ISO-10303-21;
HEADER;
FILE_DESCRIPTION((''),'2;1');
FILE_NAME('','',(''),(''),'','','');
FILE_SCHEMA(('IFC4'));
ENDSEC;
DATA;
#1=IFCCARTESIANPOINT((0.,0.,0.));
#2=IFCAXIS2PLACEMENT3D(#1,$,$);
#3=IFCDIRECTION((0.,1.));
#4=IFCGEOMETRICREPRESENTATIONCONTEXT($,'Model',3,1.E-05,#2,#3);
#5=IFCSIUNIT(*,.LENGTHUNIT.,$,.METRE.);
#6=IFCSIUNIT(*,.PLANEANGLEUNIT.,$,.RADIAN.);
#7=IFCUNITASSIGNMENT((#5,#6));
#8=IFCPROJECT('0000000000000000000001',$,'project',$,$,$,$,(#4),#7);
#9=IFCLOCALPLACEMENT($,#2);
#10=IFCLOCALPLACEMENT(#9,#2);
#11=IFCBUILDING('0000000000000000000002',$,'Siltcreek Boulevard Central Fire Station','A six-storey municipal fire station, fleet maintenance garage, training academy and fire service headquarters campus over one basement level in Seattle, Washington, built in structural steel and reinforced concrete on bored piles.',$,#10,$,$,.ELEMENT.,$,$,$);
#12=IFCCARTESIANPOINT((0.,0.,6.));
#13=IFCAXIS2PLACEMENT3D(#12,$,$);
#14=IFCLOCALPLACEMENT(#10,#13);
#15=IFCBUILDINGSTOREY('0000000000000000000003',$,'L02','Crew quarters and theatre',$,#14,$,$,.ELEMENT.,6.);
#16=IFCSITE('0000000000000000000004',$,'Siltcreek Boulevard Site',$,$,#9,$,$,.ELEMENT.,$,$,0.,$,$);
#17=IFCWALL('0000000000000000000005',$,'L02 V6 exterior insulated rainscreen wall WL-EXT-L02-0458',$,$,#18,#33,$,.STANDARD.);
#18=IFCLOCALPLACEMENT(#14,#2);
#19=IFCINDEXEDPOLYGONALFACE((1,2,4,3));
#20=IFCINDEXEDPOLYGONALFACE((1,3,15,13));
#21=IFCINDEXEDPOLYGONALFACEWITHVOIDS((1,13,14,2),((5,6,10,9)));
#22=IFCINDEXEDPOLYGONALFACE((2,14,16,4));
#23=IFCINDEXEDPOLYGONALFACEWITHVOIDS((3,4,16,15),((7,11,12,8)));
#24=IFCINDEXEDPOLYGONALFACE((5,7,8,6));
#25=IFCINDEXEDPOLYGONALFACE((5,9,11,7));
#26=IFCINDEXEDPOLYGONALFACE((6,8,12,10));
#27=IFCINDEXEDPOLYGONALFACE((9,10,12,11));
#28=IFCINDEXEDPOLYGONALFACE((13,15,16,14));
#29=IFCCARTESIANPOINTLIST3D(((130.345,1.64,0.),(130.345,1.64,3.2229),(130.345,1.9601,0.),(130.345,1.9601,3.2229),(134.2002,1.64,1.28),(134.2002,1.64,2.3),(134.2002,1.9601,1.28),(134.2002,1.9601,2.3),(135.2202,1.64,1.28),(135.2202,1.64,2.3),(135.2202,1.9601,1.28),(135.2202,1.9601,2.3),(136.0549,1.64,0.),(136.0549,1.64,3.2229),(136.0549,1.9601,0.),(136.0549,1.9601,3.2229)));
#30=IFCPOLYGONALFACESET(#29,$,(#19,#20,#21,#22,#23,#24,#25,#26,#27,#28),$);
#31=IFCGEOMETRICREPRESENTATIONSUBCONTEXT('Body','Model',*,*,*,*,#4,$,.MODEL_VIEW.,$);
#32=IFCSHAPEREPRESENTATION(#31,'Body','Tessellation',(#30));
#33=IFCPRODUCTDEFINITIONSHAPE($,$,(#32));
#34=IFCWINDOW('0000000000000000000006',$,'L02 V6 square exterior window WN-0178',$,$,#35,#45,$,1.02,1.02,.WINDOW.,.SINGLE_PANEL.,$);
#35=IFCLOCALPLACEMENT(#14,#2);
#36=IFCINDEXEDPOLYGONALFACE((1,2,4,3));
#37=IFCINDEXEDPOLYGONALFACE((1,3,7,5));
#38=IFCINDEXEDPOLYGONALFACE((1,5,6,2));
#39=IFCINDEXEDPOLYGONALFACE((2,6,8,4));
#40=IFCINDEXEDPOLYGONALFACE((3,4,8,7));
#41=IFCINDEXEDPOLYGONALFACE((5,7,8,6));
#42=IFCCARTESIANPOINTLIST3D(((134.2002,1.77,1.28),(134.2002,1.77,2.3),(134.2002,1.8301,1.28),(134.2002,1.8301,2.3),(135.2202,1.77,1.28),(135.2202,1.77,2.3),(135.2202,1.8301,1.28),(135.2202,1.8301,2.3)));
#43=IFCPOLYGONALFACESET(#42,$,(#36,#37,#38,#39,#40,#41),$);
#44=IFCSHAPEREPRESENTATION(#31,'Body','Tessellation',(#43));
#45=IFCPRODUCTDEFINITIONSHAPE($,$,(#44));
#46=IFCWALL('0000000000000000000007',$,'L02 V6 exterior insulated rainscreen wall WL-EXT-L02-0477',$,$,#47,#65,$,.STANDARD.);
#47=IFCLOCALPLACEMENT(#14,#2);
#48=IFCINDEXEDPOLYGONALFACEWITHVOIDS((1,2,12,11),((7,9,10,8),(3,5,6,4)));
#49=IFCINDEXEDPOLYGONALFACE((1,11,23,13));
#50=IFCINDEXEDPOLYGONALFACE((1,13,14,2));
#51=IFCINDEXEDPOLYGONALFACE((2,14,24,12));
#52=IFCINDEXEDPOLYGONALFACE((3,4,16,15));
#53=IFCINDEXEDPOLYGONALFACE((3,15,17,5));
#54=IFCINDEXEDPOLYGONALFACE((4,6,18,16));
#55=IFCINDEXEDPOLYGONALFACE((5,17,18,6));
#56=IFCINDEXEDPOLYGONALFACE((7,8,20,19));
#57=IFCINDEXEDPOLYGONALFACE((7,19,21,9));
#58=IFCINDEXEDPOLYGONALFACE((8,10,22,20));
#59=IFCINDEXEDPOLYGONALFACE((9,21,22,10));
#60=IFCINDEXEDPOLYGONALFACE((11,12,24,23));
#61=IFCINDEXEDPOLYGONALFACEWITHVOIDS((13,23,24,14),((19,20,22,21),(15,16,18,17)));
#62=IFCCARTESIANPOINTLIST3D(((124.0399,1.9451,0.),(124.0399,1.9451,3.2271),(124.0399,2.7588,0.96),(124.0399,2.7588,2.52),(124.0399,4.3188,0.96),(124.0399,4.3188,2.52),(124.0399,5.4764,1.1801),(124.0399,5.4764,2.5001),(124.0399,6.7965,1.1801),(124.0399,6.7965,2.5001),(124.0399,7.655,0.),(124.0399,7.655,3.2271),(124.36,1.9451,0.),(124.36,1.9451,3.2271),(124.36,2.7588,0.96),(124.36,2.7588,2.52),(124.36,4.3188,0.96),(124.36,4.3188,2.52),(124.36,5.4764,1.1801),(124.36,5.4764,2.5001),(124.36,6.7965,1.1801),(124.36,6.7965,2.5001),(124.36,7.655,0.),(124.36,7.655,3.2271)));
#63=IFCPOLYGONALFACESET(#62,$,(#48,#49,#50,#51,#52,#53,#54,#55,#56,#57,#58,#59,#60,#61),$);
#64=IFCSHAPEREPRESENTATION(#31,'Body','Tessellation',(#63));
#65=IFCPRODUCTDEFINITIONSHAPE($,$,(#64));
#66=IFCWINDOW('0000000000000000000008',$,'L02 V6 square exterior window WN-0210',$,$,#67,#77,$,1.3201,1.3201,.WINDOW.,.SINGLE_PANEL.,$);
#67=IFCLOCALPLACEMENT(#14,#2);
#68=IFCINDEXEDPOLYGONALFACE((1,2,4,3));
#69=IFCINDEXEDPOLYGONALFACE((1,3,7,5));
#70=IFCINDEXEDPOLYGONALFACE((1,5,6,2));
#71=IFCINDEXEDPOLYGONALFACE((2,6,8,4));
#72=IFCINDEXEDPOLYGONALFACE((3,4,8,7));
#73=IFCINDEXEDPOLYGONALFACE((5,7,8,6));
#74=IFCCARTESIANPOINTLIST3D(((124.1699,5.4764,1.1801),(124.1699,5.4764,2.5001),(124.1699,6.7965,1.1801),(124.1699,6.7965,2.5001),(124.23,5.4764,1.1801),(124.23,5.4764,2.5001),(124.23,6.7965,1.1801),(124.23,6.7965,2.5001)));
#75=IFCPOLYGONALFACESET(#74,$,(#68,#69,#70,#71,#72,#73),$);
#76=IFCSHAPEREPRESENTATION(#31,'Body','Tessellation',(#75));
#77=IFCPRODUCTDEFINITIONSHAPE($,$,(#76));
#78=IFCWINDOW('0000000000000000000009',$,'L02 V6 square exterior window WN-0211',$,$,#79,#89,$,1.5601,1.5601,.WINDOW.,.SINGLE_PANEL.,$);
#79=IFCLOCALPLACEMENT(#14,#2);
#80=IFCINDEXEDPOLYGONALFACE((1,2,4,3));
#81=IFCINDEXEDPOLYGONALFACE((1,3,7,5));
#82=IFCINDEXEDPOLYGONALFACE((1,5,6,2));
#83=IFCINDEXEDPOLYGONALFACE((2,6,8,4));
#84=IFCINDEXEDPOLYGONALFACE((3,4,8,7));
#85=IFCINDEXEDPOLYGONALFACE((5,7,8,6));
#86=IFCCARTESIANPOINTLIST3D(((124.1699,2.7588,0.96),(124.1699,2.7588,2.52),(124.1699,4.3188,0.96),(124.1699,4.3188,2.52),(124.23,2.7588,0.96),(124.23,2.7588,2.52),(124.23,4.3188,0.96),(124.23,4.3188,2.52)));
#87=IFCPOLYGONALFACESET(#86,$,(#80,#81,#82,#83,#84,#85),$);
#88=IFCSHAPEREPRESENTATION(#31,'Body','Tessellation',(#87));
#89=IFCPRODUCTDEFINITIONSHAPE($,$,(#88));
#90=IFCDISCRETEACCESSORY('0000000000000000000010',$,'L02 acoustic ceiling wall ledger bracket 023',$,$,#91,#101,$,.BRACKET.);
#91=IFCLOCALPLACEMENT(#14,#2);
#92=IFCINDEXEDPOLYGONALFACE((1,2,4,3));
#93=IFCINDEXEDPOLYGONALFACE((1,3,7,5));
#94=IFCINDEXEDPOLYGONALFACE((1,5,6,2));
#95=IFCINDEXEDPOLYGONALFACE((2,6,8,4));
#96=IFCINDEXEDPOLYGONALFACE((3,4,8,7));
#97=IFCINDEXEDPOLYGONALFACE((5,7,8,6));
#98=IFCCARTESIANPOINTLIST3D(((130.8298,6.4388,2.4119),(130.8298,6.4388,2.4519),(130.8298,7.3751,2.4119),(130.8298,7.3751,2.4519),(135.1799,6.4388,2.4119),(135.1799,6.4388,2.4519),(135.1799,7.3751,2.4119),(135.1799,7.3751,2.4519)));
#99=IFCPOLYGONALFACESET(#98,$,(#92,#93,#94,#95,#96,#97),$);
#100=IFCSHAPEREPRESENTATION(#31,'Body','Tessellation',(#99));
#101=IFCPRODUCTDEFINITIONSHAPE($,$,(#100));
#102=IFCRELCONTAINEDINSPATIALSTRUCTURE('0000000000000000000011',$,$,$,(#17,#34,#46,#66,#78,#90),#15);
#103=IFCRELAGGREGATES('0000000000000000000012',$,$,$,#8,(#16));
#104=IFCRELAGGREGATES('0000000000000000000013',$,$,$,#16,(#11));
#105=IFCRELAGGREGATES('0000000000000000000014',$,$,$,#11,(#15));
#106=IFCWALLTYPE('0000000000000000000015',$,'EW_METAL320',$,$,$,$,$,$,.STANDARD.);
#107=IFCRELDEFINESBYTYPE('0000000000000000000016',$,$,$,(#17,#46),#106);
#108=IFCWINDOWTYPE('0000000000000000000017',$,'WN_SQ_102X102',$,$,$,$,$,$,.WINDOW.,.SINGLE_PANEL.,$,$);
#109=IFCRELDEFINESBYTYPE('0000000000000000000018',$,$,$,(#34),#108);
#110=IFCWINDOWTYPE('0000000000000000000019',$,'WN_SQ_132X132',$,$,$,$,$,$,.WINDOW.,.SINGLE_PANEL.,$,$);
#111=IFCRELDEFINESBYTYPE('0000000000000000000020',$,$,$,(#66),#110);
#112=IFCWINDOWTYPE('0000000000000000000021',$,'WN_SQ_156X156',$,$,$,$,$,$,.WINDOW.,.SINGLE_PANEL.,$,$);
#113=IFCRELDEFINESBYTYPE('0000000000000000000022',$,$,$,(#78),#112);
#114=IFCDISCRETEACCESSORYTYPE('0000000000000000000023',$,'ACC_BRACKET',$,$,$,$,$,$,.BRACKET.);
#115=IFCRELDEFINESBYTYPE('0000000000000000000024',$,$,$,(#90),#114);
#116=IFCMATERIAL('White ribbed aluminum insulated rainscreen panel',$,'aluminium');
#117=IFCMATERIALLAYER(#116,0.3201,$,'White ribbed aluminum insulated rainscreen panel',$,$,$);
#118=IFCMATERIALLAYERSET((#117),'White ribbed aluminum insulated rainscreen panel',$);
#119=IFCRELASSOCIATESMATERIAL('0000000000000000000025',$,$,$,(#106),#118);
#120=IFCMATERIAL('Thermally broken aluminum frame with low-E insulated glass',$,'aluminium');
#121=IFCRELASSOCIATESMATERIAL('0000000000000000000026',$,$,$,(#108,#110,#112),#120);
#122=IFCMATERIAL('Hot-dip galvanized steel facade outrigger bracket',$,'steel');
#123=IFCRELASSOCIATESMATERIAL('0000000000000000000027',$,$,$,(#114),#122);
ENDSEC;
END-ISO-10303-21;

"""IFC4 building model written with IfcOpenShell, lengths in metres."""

from ifc_helpers import new_model, si_unit, direction, frame, frame_2d, origin, origin_2d, place, context, subcontext, project, spatial, rectangle, extrude, material, layer, layer_set, type_object, element, fill, save


model = new_model("IFC4")

# Units and contexts
model_context = context("Model", 3, precision=1e-05, world=origin(), true_north=direction((0.0, 1.0)))
body_context = subcontext(model_context, "Body", "Model", "MODEL_VIEW")
ifc_project = project(units=[si_unit("LENGTHUNIT", "METRE"), si_unit("PLANEANGLEUNIT", "RADIAN")], contexts=[model_context])

# Site, building, storey
site_placement = place(None, origin())
site = spatial("IfcSite", under=ifc_project, at=site_placement, Name="Siltcreek Boulevard Site", CompositionType="ELEMENT", RefElevation=0.0)
building_placement = place(site_placement, origin())
building = spatial("IfcBuilding", under=site, at=building_placement, Name="Siltcreek Boulevard Central Fire Station", Description="A six-storey municipal fire station, fleet maintenance garage, training academy and fire service headquarters campus over one basement level in Seattle, Washington, built in structural steel and reinforced concrete on bored piles.", CompositionType="ELEMENT")
storey_placement = place(building_placement, frame((0.0, 0.0, 6.0)))
storey = spatial("IfcBuildingStorey", under=building, at=storey_placement, Name="L02", Description="Crew quarters and theatre", CompositionType="ELEMENT", Elevation=6.0)

# Shared definitions
ifc_material_1 = material(Name="White ribbed aluminum insulated rainscreen panel", Category="aluminium")
ifc_layer_1 = layer(ifc_material_1, 0.3201, Name="White ribbed aluminum insulated rainscreen panel")
ifc_layer_set_1 = layer_set([ifc_layer_1], Name="White ribbed aluminum insulated rainscreen panel")
wall_type = type_object("IfcWallType", Name="EW_METAL320", PredefinedType="STANDARD", material=ifc_layer_set_1)
ifc_material_2 = material(Name="Thermally broken aluminum frame with low-E insulated glass", Category="aluminium")

# Wall, opening, window
wall_1_placement = place(storey_placement, frame((130.345, 1.8, 0.0), z_axis=(0.0, 0.0, 1.0), x_axis=(1.0, 0.0, 0.0)))
wall_1 = element("IfcWall", 1, at=wall_1_placement, inside=storey, type_object=wall_type, Name="L02 V6 exterior insulated rainscreen wall WL-EXT-L02-0458", PredefinedType="STANDARD", context=body_context, shape_type="SweptSolid", body=[
    extrude(rectangle(XDim=5.71, YDim=0.3201, at=frame_2d((2.855, 0.0))), origin(), (0.0, 0.0, 1.0), 3.2229),
])
opening_1_placement = place(wall_1_placement, frame((3.8552, 0.0, 1.28)))
opening_1 = element("IfcOpeningElement", 2, at=opening_1_placement, cuts=wall_1, PredefinedType="OPENING", context=body_context, shape_type="SweptSolid", body=[
    extrude(rectangle(XDim=1.02, YDim=1.02, at=frame_2d((0.51, 0.51))), frame((0.0, 0.1699, 0.0), z_axis=(0.0, -1.0, 0.0), x_axis=(1.0, 0.0, 0.0)), (0.0, 0.0, 1.0), 0.3401),
])
window_type_1 = type_object("IfcWindowType", Name="WN_SQ_102X102", PartitioningType="SINGLE_PANEL", PredefinedType="WINDOW", material=ifc_material_2)
window_1_placement = place(opening_1_placement, origin())
window_1 = element("IfcWindow", 3, at=window_1_placement, inside=storey, type_object=window_type_1, Name="L02 V6 square exterior window WN-0178", OverallHeight=1.02, OverallWidth=1.02, PartitioningType="SINGLE_PANEL", PredefinedType="WINDOW", context=body_context, shape_type="SweptSolid", body=[
    extrude(rectangle(XDim=1.02, YDim=1.02, at=frame_2d((0.51, 0.51))), frame((0.0, 0.03, 0.0), z_axis=(0.0, -1.0, 0.0), x_axis=(1.0, 0.0, 0.0)), (0.0, 0.0, 1.0), 0.0601),
])
fill(opening_1, window_1)

# Wall, openings, windows
wall_2_placement = place(storey_placement, frame((124.2, 7.655, 0.0), z_axis=(0.0, 0.0, 1.0), x_axis=(0.0, -1.0, 0.0)))
wall_2 = element("IfcWall", 4, at=wall_2_placement, inside=storey, type_object=wall_type, Name="L02 V6 exterior insulated rainscreen wall WL-EXT-L02-0477", PredefinedType="STANDARD", context=body_context, shape_type="SweptSolid", body=[
    extrude(rectangle(XDim=5.71, YDim=0.3201, at=frame_2d((2.855, 0.0))), origin(), (0.0, 0.0, 1.0), 3.2271),
])
opening_2_placement = place(wall_2_placement, frame((0.8584, 0.0, 1.1799)))
opening_2 = element("IfcOpeningElement", 5, at=opening_2_placement, cuts=wall_2, PredefinedType="OPENING", context=body_context, shape_type="SweptSolid", body=[
    extrude(rectangle(XDim=1.3201, YDim=1.3201, at=frame_2d((0.6602, 0.6602))), frame((0.0, 0.1699, 0.0), z_axis=(0.0, -1.0, 0.0), x_axis=(1.0, 0.0, 0.0)), (0.0, 0.0, 1.0), 0.3401),
])
opening_3_placement = place(wall_2_placement, frame((3.3362, 0.0, 0.96)))
opening_3 = element("IfcOpeningElement", 6, at=opening_3_placement, cuts=wall_2, PredefinedType="OPENING", context=body_context, shape_type="SweptSolid", body=[
    extrude(rectangle(XDim=1.5601, YDim=1.5601, at=frame_2d((0.78, 0.78))), frame((0.0, 0.1699, 0.0), z_axis=(0.0, -1.0, 0.0), x_axis=(1.0, 0.0, 0.0)), (0.0, 0.0, 1.0), 0.3401),
])
window_type_2 = type_object("IfcWindowType", Name="WN_SQ_132X132", PartitioningType="SINGLE_PANEL", PredefinedType="WINDOW", material=ifc_material_2)
window_2_placement = place(opening_2_placement, origin())
window_2 = element("IfcWindow", 7, at=window_2_placement, inside=storey, type_object=window_type_2, Name="L02 V6 square exterior window WN-0210", OverallHeight=1.3201, OverallWidth=1.3201, PartitioningType="SINGLE_PANEL", PredefinedType="WINDOW", context=body_context, shape_type="SweptSolid", body=[
    extrude(rectangle(XDim=1.3201, YDim=1.3201, at=frame_2d((0.6602, 0.6602))), frame((0.0, 0.03, 0.0), z_axis=(0.0, -1.0, 0.0), x_axis=(1.0, 0.0, 0.0)), (0.0, 0.0, 1.0), 0.0601),
])
fill(opening_2, window_2)
window_type_3 = type_object("IfcWindowType", Name="WN_SQ_156X156", PartitioningType="SINGLE_PANEL", PredefinedType="WINDOW", material=ifc_material_2)
window_3_placement = place(opening_3_placement, origin())
window_3 = element("IfcWindow", 8, at=window_3_placement, inside=storey, type_object=window_type_3, Name="L02 V6 square exterior window WN-0211", OverallHeight=1.5601, OverallWidth=1.5601, PartitioningType="SINGLE_PANEL", PredefinedType="WINDOW", context=body_context, shape_type="SweptSolid", body=[
    extrude(rectangle(XDim=1.5601, YDim=1.5601, at=frame_2d((0.78, 0.78))), frame((0.0, 0.03, 0.0), z_axis=(0.0, -1.0, 0.0), x_axis=(1.0, 0.0, 0.0)), (0.0, 0.0, 1.0), 0.0601),
])
fill(opening_3, window_3)

# Discrete accessory
ifc_material_3 = material(Name="Hot-dip galvanized steel facade outrigger bracket", Category="steel")
discrete_accessory_type = type_object("IfcDiscreteAccessoryType", Name="ACC_BRACKET", PredefinedType="BRACKET", material=ifc_material_3)
discrete_accessory_placement = place(storey_placement, frame((133.0049, 6.907, 2.4119), z_axis=(0.0, 0.0, 1.0), x_axis=(1.0, 0.0, 0.0)))
element("IfcDiscreteAccessory", 9, at=discrete_accessory_placement, inside=storey, type_object=discrete_accessory_type, Name="L02 acoustic ceiling wall ledger bracket 023", PredefinedType="BRACKET", context=body_context, shape_type="SweptSolid", body=[
    extrude(rectangle(XDim=4.3501, YDim=0.9363, at=origin_2d()), origin(), (0.0, 0.0, 1.0), 0.04),
])

save(model, "model.ifc")
